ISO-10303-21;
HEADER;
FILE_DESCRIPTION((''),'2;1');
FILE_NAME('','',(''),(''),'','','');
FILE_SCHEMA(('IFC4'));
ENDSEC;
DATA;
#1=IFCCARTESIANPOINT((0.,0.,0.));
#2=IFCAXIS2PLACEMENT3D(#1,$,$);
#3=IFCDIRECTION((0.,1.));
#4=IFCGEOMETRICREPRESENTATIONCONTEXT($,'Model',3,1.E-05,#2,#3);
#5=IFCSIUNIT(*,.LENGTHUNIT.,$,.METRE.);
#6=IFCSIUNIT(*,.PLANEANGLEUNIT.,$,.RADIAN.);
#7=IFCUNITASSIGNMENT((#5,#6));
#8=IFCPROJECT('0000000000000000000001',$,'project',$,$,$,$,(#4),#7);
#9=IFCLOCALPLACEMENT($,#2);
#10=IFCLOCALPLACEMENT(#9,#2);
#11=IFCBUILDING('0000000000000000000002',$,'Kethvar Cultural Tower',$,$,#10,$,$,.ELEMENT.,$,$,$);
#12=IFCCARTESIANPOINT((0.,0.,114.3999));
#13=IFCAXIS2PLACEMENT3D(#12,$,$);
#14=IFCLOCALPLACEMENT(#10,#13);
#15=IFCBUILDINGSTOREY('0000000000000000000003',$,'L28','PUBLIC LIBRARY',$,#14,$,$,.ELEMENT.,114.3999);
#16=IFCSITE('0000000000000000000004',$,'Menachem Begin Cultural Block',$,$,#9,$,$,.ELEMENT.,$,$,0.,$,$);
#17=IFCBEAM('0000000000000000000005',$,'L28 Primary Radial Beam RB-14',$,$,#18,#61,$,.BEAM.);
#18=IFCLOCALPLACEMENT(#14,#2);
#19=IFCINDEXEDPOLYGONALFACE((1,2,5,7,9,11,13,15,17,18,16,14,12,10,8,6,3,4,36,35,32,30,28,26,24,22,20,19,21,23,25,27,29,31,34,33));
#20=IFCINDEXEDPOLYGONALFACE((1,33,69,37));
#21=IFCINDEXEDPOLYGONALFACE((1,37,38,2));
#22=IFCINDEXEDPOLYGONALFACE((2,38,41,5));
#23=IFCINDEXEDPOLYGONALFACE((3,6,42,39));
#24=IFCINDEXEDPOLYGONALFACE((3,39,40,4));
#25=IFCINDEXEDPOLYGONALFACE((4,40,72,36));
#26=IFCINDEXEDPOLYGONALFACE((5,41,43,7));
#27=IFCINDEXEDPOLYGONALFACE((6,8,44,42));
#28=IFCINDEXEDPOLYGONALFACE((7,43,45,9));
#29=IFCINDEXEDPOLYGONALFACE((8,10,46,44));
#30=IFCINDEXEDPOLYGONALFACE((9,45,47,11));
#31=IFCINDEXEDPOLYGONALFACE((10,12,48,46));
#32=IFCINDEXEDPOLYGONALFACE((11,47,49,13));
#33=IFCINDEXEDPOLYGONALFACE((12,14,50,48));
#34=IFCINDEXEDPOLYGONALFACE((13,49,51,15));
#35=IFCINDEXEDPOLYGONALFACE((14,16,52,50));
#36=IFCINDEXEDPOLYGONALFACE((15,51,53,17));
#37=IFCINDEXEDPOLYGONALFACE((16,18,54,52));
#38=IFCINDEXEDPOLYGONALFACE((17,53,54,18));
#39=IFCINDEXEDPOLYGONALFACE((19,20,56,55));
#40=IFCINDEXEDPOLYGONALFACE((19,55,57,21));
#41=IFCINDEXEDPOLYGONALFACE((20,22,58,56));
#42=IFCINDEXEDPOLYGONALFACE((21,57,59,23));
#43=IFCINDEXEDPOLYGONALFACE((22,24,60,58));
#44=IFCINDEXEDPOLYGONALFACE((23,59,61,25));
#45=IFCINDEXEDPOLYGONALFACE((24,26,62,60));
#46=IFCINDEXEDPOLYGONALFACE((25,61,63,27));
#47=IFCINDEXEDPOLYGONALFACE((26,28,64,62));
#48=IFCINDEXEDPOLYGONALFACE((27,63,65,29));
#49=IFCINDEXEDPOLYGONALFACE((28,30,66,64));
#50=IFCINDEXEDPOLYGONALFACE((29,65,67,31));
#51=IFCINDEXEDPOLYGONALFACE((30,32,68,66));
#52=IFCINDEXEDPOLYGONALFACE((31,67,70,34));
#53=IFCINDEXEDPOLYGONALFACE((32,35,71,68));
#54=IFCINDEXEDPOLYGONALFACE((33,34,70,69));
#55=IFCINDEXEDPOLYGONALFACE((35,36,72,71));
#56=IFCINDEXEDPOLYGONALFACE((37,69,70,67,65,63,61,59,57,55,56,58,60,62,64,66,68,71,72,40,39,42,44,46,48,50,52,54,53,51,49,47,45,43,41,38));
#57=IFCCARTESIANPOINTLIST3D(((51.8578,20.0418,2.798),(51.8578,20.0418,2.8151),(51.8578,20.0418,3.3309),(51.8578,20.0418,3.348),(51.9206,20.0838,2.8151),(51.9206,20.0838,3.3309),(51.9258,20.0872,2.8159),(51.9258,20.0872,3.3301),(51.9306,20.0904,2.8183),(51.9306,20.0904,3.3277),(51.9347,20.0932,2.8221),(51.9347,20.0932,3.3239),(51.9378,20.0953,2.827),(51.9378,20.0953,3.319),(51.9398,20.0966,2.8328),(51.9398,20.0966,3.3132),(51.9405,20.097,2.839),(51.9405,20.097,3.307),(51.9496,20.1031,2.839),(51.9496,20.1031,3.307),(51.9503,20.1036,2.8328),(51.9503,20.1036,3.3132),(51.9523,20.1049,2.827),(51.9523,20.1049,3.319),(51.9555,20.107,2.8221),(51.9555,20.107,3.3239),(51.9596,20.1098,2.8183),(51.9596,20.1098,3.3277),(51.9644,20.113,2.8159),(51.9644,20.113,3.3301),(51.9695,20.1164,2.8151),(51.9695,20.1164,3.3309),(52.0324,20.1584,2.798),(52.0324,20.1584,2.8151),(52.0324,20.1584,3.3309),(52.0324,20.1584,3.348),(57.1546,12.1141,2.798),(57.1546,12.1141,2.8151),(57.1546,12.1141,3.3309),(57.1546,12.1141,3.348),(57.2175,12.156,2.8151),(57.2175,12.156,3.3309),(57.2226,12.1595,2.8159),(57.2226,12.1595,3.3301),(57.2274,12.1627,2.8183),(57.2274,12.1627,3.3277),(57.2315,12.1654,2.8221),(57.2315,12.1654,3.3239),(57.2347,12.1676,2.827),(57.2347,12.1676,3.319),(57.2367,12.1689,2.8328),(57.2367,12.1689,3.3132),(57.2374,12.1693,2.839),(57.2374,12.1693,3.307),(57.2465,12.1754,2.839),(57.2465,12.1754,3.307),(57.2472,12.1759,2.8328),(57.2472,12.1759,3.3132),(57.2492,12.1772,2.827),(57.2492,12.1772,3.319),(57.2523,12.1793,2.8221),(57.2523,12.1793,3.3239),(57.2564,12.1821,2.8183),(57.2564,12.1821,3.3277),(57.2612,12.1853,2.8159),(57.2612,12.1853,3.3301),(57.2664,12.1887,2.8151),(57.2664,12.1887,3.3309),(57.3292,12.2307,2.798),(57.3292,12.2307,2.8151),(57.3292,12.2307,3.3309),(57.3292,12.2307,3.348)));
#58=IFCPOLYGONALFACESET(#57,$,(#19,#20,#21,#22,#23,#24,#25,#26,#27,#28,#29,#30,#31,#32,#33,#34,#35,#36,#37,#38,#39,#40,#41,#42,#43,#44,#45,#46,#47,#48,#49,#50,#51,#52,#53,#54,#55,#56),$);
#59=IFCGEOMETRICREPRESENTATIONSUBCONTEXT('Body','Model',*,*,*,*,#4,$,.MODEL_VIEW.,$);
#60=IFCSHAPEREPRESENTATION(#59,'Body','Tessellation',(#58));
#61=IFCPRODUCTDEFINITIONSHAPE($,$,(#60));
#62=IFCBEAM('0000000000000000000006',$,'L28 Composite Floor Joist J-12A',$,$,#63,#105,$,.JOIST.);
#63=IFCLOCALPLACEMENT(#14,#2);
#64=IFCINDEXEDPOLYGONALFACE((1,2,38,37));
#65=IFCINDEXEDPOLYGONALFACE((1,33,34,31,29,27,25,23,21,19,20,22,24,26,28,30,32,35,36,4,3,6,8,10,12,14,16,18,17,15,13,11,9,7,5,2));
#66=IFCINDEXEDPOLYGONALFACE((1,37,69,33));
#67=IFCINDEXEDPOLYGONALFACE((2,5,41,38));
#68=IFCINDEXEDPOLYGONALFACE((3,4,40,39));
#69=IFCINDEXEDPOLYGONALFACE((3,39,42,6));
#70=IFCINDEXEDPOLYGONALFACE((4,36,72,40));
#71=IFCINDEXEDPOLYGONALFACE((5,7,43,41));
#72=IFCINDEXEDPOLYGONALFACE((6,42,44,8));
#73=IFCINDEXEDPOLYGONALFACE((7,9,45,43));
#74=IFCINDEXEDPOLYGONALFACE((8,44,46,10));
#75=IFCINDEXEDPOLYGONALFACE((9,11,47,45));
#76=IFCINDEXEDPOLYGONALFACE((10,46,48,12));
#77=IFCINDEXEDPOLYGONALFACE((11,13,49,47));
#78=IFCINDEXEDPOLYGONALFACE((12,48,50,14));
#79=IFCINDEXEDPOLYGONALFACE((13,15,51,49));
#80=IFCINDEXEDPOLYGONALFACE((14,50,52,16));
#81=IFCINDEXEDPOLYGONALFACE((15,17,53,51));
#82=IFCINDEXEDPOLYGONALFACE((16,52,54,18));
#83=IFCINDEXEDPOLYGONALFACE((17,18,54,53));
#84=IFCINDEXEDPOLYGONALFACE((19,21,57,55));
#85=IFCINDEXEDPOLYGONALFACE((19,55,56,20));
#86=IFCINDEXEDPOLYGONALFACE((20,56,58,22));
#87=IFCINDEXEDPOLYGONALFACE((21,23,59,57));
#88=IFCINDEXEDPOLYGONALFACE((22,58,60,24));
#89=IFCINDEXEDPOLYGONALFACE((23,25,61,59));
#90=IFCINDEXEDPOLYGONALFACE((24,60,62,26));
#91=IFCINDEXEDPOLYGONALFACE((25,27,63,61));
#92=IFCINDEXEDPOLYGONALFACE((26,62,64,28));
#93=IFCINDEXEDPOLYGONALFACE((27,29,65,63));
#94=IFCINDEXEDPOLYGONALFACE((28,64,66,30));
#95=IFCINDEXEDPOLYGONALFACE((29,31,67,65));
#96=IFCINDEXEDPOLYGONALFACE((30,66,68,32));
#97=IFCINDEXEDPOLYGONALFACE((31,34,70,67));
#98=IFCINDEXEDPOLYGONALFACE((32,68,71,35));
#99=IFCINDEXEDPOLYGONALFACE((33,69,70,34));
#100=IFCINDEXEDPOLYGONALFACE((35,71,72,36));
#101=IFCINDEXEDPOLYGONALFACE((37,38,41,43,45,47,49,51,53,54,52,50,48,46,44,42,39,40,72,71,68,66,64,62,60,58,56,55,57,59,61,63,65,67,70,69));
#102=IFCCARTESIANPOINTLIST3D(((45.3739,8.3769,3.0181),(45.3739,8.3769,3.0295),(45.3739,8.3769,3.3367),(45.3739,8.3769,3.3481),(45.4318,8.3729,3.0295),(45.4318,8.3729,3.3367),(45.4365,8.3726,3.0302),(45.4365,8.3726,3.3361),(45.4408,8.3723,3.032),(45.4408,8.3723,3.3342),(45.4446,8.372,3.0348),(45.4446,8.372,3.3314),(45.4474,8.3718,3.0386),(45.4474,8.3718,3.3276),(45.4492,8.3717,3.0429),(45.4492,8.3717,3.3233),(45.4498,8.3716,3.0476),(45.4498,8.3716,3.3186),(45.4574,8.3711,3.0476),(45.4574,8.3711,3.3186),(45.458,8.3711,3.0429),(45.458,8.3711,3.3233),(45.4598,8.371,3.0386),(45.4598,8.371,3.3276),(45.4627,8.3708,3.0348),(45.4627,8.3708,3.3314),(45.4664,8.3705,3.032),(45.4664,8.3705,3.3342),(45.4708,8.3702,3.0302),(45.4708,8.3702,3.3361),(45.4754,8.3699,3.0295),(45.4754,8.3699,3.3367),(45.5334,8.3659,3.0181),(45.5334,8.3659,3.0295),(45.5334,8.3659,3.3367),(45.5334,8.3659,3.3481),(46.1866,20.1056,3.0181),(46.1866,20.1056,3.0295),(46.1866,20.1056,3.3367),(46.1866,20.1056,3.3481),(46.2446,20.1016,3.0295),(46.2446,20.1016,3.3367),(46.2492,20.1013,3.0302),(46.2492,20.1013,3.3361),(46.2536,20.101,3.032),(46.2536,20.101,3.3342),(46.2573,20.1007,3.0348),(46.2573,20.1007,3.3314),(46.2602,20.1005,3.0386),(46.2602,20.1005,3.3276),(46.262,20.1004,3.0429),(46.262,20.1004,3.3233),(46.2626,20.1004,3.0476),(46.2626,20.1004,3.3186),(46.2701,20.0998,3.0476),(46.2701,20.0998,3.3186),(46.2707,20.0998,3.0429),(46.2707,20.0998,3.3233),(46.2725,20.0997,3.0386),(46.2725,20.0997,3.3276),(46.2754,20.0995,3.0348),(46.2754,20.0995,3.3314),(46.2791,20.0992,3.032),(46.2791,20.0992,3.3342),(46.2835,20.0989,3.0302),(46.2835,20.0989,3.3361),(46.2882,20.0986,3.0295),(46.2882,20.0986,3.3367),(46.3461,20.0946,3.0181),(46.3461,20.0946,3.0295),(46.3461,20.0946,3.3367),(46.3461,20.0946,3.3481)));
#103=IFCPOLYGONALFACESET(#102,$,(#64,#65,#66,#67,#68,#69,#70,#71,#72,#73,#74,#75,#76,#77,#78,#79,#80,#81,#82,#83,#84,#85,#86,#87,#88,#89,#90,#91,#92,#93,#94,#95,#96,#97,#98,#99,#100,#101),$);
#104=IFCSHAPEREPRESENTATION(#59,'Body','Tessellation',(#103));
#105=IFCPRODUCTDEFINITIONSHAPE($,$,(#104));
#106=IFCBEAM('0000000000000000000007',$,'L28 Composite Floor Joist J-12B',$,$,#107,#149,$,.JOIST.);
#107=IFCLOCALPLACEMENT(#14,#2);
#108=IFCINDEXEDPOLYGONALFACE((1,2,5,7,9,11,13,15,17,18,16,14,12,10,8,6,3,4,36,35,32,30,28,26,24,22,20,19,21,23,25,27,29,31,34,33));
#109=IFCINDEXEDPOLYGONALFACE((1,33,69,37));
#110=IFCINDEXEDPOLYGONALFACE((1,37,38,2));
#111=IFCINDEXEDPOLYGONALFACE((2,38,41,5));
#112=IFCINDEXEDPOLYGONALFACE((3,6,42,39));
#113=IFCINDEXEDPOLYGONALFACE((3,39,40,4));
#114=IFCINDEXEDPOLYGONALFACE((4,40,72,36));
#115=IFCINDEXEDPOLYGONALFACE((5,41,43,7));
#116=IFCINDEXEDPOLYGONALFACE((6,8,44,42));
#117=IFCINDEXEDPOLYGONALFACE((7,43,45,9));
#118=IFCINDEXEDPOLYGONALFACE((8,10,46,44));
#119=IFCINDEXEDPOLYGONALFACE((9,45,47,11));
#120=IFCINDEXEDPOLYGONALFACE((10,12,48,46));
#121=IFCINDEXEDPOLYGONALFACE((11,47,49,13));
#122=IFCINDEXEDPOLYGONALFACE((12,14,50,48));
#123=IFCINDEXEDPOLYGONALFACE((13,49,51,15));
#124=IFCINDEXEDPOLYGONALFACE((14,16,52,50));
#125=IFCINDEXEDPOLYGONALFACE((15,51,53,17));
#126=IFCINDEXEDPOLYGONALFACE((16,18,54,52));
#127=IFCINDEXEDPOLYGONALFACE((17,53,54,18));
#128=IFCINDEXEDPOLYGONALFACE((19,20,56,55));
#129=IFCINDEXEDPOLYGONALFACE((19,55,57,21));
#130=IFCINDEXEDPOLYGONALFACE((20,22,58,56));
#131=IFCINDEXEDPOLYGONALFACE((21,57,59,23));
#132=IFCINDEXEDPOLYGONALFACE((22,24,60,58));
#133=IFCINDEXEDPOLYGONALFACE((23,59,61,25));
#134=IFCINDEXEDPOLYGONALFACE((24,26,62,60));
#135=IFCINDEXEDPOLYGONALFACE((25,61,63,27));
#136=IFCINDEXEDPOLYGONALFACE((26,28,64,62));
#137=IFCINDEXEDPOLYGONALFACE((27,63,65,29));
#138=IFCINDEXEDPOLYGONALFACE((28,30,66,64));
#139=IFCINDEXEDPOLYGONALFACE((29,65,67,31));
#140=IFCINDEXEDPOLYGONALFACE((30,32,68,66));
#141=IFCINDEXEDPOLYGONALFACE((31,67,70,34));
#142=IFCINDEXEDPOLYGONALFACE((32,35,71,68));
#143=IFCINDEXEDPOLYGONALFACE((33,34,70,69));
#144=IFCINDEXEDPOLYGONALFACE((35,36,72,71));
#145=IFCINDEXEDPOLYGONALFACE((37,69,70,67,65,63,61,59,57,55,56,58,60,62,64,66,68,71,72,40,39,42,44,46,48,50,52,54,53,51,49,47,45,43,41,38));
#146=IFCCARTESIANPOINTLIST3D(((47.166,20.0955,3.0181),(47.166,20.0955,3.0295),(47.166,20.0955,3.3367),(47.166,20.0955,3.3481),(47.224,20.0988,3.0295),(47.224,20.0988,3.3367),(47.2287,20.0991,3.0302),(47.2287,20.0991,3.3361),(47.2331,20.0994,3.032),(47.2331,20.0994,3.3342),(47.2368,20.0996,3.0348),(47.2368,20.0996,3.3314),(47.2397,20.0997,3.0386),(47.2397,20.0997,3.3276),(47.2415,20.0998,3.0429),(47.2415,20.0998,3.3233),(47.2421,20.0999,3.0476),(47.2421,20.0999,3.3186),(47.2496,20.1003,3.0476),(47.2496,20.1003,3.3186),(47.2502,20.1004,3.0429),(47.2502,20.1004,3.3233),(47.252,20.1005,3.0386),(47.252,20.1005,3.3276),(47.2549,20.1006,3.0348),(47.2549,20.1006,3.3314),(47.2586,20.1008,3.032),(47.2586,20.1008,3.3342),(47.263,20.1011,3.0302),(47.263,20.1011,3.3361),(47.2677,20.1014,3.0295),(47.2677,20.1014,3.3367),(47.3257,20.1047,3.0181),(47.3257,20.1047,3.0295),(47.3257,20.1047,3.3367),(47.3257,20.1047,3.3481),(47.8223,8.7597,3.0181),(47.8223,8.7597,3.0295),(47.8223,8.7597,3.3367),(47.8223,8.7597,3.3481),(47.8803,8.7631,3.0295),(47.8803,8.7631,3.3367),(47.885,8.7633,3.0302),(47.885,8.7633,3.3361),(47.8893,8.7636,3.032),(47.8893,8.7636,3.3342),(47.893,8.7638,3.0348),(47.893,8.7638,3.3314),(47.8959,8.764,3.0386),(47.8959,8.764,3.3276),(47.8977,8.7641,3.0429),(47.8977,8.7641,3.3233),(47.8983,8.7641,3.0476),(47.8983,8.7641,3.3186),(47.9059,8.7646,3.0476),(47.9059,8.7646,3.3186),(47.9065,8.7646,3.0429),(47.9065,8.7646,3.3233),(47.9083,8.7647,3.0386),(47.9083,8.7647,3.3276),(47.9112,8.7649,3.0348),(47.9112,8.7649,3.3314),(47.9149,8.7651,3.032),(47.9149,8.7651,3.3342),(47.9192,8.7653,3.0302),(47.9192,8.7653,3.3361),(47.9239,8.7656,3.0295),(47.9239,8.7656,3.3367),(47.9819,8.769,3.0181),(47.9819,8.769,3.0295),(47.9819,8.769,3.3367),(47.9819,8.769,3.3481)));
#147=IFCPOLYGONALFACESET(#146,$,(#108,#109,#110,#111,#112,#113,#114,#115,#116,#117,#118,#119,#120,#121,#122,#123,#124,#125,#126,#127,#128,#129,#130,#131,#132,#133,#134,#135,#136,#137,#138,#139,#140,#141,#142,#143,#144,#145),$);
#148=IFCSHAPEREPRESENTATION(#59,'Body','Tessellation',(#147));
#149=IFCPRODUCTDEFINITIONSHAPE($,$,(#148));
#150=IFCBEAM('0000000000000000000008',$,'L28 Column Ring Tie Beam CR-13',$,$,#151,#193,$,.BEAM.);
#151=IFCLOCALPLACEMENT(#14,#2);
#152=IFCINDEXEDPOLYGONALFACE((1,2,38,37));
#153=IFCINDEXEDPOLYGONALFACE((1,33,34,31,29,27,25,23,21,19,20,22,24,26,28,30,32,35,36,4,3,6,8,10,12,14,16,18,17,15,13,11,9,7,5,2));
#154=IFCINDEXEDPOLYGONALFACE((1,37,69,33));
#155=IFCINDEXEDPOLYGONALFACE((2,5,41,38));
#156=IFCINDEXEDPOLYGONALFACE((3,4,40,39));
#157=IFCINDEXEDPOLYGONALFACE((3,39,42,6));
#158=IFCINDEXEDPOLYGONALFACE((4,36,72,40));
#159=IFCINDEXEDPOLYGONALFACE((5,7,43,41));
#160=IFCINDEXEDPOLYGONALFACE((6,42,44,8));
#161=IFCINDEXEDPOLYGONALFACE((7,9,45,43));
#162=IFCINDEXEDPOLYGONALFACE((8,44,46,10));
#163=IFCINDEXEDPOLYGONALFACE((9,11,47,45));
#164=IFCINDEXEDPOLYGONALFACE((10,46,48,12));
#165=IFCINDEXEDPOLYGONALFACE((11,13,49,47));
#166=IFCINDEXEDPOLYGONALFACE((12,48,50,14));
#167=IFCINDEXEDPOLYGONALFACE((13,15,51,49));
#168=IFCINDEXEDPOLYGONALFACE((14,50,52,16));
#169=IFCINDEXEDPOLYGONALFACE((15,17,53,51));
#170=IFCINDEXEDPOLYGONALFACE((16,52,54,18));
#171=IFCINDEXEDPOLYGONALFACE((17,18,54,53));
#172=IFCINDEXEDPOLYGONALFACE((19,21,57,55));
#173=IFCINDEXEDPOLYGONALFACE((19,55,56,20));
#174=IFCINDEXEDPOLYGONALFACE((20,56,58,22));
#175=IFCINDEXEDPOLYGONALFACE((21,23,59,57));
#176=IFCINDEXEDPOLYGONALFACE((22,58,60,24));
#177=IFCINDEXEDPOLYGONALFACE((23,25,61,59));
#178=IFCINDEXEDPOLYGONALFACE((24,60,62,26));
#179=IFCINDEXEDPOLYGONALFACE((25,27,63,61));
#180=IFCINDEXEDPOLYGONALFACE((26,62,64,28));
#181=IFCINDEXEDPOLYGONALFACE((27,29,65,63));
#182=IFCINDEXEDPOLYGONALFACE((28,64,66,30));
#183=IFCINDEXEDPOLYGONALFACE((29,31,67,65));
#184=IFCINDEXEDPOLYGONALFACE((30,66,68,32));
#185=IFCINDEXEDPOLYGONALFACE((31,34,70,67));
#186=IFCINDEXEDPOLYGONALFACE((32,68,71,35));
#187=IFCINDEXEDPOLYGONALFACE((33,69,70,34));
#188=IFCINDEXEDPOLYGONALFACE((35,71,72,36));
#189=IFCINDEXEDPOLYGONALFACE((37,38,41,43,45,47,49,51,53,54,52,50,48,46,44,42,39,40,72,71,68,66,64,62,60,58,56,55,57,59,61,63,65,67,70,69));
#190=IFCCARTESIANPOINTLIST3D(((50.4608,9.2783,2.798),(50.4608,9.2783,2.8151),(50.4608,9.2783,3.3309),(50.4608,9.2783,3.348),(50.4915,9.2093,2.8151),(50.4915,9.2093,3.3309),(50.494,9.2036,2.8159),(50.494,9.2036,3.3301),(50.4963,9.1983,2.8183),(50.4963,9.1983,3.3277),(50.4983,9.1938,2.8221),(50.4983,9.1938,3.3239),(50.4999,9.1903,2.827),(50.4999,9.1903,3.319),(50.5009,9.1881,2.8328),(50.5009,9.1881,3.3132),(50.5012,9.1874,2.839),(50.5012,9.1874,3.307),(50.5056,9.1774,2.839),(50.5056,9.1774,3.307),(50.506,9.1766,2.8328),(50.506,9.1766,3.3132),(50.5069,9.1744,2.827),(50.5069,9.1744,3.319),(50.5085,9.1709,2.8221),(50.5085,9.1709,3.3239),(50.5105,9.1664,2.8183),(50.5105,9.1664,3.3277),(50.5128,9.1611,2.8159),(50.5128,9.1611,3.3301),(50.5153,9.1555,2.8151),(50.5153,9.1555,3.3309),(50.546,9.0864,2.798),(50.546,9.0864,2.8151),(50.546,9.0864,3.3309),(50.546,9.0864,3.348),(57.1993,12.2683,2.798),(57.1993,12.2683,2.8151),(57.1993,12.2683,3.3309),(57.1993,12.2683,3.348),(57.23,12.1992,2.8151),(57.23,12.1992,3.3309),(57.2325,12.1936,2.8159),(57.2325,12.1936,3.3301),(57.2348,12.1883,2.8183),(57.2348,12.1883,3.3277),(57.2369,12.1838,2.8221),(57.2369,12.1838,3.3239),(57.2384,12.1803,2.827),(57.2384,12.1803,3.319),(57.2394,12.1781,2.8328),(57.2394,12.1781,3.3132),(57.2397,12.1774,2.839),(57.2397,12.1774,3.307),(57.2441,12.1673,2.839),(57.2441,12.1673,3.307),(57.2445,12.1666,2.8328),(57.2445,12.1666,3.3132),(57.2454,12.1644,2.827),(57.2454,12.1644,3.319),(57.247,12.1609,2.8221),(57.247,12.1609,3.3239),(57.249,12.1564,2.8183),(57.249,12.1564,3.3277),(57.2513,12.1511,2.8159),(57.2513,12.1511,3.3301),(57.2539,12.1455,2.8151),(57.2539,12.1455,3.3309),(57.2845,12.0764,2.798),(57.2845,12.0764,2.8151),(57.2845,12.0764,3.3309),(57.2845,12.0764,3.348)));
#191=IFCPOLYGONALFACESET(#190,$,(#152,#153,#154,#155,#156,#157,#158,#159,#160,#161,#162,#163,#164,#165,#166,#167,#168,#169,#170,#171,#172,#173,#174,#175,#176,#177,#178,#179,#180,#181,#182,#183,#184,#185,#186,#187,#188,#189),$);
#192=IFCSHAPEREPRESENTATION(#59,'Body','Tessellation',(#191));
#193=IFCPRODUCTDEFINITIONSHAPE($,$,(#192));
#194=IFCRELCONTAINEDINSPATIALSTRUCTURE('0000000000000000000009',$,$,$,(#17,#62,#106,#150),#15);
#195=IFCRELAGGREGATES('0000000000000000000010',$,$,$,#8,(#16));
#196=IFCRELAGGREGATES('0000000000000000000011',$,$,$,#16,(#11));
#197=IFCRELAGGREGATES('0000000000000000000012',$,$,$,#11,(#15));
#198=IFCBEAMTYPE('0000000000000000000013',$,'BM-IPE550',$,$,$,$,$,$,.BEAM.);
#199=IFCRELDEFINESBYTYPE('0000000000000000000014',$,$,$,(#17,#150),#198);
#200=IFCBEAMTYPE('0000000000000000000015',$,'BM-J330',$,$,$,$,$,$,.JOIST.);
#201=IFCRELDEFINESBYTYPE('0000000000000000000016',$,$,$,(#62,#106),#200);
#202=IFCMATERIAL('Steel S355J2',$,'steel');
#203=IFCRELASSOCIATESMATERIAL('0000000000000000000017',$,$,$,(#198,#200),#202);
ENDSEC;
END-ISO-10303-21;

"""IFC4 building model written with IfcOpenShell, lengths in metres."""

from ifc_helpers import new_model, si_unit, direction, frame, origin, origin_2d, place, context, subcontext, project, spatial, i_section, extrude, source, transform, mapped, material, material_profile, profile_set, type_object, element, save


model = new_model("IFC4")

# Units and contexts
model_context = context("Model", 3, precision=1e-05, world=origin(), true_north=direction((0.0, 1.0)))
body_context = subcontext(model_context, "Body", "Model", "MODEL_VIEW")
ifc_project = project(units=[si_unit("LENGTHUNIT", "METRE"), si_unit("PLANEANGLEUNIT", "RADIAN")], contexts=[model_context])

# Site, building, storey
site_placement = place(None, origin())
site = spatial("IfcSite", under=ifc_project, at=site_placement, Name="Menachem Begin Cultural Block", CompositionType="ELEMENT", RefElevation=0.0)
building_placement = place(site_placement, origin())
building = spatial("IfcBuilding", under=site, at=building_placement, Name="Kethvar Cultural Tower", CompositionType="ELEMENT")
storey_placement = place(building_placement, frame((0.0, 0.0, 114.3999)))
storey = spatial("IfcBuildingStorey", under=building, at=storey_placement, Name="L28", Description="PUBLIC LIBRARY", CompositionType="ELEMENT", Elevation=114.3999)

# Beams
ifc_material_1 = material(Name="Steel S355J2", Category="steel")
ifc_material_profile_1 = material_profile(ifc_material_1, i_section(OverallWidth=0.21, OverallDepth=0.55, WebThickness=0.011, FlangeThickness=0.0171, FilletRadius=0.0239, at=origin_2d()), Name="Steel S355J2 — IPE550")
ifc_profile_set_1 = profile_set([ifc_material_profile_1], Name="Steel S355J2 — IPE550")
beam_type_1 = type_object("IfcBeamType", Name="BM-IPE550", PredefinedType="BEAM", material=ifc_profile_set_1)
shared_shape_1 = source(origin(), body_context, "Body", "SweptSolid", [
    extrude(i_section(OverallWidth=0.21, OverallDepth=0.55, WebThickness=0.011, FlangeThickness=0.0171, FilletRadius=0.0239, at=origin_2d()), origin(), (0.0, 0.0, 1.0), 9.5344),
])
beam_1_placement = place(storey_placement, frame((51.9451, 20.1001, 3.073), z_axis=(0.555551, -0.831483, 0.0), x_axis=(0.831483, 0.555551, 0.0)))
element("IfcBeam", 1, at=beam_1_placement, inside=storey, type_object=beam_type_1, Name="L28 Primary Radial Beam RB-14", PredefinedType="BEAM", context=body_context, shape_type="MappedRepresentation", body=[
    mapped(shared_shape_1, transform((0.0, 0.0, 0.0), scale=1.0)),
])
ifc_material_profile_2 = material_profile(ifc_material_1, i_section(OverallWidth=0.1599, OverallDepth=0.3301, WebThickness=0.0076, FlangeThickness=0.0115, FilletRadius=0.0181, at=origin_2d()), Name="Steel S355J2 — IPE330")
ifc_profile_set_2 = profile_set([ifc_material_profile_2], Name="Steel S355J2 — IPE330")
beam_type_2 = type_object("IfcBeamType", Name="BM-J330", PredefinedType="JOIST", material=ifc_profile_set_2)
shared_shape_2 = source(origin(), body_context, "Body", "SweptSolid", [
    extrude(i_section(OverallWidth=0.1599, OverallDepth=0.3301, WebThickness=0.0076, FlangeThickness=0.0115, FilletRadius=0.0181, at=origin_2d()), origin(), (0.0, 0.0, 1.0), 11.7568),
])
beam_2_placement = place(storey_placement, frame((46.2664, 20.1001, 3.1831), z_axis=(-0.069129, -0.997608, 0.0), x_axis=(0.997608, -0.069129, 0.0)))
element("IfcBeam", 2, at=beam_2_placement, inside=storey, type_object=beam_type_2, Name="L28 Composite Floor Joist J-12A", PredefinedType="JOIST", context=body_context, shape_type="MappedRepresentation", body=[
    mapped(shared_shape_2, transform((0.0, 0.0, 0.0), scale=1.0)),
])
shared_shape_3 = source(origin(), body_context, "Body", "SweptSolid", [
    extrude(i_section(OverallWidth=0.1599, OverallDepth=0.3301, WebThickness=0.0076, FlangeThickness=0.0115, FilletRadius=0.0181, at=origin_2d()), origin(), (0.0, 0.0, 1.0), 11.3547),
])
beam_3_placement = place(storey_placement, frame((47.2458, 20.1001, 3.1831), z_axis=(0.057796, -0.998328, 0.0), x_axis=(0.998328, 0.057796, 0.0)))
element("IfcBeam", 3, at=beam_3_placement, inside=storey, type_object=beam_type_2, Name="L28 Composite Floor Joist J-12B", PredefinedType="JOIST", context=body_context, shape_type="MappedRepresentation", body=[
    mapped(shared_shape_3, transform((0.0, 0.0, 0.0), scale=1.0)),
])
shared_shape_4 = source(origin(), body_context, "Body", "SweptSolid", [
    extrude(i_section(OverallWidth=0.21, OverallDepth=0.55, WebThickness=0.011, FlangeThickness=0.0171, FilletRadius=0.0239, at=origin_2d()), origin(), (0.0, 0.0, 1.0), 7.3721),
])
beam_4_placement = place(storey_placement, frame((50.5034, 9.1824, 3.073), z_axis=(0.914059, 0.405582, 0.0), x_axis=(-0.405582, 0.914059, 0.0)))
element("IfcBeam", 4, at=beam_4_placement, inside=storey, type_object=beam_type_1, Name="L28 Column Ring Tie Beam CR-13", PredefinedType="BEAM", context=body_context, shape_type="MappedRepresentation", body=[
    mapped(shared_shape_4, transform((0.0, 0.0, 0.0), scale=1.0)),
])

save(model, "model.ifc")
